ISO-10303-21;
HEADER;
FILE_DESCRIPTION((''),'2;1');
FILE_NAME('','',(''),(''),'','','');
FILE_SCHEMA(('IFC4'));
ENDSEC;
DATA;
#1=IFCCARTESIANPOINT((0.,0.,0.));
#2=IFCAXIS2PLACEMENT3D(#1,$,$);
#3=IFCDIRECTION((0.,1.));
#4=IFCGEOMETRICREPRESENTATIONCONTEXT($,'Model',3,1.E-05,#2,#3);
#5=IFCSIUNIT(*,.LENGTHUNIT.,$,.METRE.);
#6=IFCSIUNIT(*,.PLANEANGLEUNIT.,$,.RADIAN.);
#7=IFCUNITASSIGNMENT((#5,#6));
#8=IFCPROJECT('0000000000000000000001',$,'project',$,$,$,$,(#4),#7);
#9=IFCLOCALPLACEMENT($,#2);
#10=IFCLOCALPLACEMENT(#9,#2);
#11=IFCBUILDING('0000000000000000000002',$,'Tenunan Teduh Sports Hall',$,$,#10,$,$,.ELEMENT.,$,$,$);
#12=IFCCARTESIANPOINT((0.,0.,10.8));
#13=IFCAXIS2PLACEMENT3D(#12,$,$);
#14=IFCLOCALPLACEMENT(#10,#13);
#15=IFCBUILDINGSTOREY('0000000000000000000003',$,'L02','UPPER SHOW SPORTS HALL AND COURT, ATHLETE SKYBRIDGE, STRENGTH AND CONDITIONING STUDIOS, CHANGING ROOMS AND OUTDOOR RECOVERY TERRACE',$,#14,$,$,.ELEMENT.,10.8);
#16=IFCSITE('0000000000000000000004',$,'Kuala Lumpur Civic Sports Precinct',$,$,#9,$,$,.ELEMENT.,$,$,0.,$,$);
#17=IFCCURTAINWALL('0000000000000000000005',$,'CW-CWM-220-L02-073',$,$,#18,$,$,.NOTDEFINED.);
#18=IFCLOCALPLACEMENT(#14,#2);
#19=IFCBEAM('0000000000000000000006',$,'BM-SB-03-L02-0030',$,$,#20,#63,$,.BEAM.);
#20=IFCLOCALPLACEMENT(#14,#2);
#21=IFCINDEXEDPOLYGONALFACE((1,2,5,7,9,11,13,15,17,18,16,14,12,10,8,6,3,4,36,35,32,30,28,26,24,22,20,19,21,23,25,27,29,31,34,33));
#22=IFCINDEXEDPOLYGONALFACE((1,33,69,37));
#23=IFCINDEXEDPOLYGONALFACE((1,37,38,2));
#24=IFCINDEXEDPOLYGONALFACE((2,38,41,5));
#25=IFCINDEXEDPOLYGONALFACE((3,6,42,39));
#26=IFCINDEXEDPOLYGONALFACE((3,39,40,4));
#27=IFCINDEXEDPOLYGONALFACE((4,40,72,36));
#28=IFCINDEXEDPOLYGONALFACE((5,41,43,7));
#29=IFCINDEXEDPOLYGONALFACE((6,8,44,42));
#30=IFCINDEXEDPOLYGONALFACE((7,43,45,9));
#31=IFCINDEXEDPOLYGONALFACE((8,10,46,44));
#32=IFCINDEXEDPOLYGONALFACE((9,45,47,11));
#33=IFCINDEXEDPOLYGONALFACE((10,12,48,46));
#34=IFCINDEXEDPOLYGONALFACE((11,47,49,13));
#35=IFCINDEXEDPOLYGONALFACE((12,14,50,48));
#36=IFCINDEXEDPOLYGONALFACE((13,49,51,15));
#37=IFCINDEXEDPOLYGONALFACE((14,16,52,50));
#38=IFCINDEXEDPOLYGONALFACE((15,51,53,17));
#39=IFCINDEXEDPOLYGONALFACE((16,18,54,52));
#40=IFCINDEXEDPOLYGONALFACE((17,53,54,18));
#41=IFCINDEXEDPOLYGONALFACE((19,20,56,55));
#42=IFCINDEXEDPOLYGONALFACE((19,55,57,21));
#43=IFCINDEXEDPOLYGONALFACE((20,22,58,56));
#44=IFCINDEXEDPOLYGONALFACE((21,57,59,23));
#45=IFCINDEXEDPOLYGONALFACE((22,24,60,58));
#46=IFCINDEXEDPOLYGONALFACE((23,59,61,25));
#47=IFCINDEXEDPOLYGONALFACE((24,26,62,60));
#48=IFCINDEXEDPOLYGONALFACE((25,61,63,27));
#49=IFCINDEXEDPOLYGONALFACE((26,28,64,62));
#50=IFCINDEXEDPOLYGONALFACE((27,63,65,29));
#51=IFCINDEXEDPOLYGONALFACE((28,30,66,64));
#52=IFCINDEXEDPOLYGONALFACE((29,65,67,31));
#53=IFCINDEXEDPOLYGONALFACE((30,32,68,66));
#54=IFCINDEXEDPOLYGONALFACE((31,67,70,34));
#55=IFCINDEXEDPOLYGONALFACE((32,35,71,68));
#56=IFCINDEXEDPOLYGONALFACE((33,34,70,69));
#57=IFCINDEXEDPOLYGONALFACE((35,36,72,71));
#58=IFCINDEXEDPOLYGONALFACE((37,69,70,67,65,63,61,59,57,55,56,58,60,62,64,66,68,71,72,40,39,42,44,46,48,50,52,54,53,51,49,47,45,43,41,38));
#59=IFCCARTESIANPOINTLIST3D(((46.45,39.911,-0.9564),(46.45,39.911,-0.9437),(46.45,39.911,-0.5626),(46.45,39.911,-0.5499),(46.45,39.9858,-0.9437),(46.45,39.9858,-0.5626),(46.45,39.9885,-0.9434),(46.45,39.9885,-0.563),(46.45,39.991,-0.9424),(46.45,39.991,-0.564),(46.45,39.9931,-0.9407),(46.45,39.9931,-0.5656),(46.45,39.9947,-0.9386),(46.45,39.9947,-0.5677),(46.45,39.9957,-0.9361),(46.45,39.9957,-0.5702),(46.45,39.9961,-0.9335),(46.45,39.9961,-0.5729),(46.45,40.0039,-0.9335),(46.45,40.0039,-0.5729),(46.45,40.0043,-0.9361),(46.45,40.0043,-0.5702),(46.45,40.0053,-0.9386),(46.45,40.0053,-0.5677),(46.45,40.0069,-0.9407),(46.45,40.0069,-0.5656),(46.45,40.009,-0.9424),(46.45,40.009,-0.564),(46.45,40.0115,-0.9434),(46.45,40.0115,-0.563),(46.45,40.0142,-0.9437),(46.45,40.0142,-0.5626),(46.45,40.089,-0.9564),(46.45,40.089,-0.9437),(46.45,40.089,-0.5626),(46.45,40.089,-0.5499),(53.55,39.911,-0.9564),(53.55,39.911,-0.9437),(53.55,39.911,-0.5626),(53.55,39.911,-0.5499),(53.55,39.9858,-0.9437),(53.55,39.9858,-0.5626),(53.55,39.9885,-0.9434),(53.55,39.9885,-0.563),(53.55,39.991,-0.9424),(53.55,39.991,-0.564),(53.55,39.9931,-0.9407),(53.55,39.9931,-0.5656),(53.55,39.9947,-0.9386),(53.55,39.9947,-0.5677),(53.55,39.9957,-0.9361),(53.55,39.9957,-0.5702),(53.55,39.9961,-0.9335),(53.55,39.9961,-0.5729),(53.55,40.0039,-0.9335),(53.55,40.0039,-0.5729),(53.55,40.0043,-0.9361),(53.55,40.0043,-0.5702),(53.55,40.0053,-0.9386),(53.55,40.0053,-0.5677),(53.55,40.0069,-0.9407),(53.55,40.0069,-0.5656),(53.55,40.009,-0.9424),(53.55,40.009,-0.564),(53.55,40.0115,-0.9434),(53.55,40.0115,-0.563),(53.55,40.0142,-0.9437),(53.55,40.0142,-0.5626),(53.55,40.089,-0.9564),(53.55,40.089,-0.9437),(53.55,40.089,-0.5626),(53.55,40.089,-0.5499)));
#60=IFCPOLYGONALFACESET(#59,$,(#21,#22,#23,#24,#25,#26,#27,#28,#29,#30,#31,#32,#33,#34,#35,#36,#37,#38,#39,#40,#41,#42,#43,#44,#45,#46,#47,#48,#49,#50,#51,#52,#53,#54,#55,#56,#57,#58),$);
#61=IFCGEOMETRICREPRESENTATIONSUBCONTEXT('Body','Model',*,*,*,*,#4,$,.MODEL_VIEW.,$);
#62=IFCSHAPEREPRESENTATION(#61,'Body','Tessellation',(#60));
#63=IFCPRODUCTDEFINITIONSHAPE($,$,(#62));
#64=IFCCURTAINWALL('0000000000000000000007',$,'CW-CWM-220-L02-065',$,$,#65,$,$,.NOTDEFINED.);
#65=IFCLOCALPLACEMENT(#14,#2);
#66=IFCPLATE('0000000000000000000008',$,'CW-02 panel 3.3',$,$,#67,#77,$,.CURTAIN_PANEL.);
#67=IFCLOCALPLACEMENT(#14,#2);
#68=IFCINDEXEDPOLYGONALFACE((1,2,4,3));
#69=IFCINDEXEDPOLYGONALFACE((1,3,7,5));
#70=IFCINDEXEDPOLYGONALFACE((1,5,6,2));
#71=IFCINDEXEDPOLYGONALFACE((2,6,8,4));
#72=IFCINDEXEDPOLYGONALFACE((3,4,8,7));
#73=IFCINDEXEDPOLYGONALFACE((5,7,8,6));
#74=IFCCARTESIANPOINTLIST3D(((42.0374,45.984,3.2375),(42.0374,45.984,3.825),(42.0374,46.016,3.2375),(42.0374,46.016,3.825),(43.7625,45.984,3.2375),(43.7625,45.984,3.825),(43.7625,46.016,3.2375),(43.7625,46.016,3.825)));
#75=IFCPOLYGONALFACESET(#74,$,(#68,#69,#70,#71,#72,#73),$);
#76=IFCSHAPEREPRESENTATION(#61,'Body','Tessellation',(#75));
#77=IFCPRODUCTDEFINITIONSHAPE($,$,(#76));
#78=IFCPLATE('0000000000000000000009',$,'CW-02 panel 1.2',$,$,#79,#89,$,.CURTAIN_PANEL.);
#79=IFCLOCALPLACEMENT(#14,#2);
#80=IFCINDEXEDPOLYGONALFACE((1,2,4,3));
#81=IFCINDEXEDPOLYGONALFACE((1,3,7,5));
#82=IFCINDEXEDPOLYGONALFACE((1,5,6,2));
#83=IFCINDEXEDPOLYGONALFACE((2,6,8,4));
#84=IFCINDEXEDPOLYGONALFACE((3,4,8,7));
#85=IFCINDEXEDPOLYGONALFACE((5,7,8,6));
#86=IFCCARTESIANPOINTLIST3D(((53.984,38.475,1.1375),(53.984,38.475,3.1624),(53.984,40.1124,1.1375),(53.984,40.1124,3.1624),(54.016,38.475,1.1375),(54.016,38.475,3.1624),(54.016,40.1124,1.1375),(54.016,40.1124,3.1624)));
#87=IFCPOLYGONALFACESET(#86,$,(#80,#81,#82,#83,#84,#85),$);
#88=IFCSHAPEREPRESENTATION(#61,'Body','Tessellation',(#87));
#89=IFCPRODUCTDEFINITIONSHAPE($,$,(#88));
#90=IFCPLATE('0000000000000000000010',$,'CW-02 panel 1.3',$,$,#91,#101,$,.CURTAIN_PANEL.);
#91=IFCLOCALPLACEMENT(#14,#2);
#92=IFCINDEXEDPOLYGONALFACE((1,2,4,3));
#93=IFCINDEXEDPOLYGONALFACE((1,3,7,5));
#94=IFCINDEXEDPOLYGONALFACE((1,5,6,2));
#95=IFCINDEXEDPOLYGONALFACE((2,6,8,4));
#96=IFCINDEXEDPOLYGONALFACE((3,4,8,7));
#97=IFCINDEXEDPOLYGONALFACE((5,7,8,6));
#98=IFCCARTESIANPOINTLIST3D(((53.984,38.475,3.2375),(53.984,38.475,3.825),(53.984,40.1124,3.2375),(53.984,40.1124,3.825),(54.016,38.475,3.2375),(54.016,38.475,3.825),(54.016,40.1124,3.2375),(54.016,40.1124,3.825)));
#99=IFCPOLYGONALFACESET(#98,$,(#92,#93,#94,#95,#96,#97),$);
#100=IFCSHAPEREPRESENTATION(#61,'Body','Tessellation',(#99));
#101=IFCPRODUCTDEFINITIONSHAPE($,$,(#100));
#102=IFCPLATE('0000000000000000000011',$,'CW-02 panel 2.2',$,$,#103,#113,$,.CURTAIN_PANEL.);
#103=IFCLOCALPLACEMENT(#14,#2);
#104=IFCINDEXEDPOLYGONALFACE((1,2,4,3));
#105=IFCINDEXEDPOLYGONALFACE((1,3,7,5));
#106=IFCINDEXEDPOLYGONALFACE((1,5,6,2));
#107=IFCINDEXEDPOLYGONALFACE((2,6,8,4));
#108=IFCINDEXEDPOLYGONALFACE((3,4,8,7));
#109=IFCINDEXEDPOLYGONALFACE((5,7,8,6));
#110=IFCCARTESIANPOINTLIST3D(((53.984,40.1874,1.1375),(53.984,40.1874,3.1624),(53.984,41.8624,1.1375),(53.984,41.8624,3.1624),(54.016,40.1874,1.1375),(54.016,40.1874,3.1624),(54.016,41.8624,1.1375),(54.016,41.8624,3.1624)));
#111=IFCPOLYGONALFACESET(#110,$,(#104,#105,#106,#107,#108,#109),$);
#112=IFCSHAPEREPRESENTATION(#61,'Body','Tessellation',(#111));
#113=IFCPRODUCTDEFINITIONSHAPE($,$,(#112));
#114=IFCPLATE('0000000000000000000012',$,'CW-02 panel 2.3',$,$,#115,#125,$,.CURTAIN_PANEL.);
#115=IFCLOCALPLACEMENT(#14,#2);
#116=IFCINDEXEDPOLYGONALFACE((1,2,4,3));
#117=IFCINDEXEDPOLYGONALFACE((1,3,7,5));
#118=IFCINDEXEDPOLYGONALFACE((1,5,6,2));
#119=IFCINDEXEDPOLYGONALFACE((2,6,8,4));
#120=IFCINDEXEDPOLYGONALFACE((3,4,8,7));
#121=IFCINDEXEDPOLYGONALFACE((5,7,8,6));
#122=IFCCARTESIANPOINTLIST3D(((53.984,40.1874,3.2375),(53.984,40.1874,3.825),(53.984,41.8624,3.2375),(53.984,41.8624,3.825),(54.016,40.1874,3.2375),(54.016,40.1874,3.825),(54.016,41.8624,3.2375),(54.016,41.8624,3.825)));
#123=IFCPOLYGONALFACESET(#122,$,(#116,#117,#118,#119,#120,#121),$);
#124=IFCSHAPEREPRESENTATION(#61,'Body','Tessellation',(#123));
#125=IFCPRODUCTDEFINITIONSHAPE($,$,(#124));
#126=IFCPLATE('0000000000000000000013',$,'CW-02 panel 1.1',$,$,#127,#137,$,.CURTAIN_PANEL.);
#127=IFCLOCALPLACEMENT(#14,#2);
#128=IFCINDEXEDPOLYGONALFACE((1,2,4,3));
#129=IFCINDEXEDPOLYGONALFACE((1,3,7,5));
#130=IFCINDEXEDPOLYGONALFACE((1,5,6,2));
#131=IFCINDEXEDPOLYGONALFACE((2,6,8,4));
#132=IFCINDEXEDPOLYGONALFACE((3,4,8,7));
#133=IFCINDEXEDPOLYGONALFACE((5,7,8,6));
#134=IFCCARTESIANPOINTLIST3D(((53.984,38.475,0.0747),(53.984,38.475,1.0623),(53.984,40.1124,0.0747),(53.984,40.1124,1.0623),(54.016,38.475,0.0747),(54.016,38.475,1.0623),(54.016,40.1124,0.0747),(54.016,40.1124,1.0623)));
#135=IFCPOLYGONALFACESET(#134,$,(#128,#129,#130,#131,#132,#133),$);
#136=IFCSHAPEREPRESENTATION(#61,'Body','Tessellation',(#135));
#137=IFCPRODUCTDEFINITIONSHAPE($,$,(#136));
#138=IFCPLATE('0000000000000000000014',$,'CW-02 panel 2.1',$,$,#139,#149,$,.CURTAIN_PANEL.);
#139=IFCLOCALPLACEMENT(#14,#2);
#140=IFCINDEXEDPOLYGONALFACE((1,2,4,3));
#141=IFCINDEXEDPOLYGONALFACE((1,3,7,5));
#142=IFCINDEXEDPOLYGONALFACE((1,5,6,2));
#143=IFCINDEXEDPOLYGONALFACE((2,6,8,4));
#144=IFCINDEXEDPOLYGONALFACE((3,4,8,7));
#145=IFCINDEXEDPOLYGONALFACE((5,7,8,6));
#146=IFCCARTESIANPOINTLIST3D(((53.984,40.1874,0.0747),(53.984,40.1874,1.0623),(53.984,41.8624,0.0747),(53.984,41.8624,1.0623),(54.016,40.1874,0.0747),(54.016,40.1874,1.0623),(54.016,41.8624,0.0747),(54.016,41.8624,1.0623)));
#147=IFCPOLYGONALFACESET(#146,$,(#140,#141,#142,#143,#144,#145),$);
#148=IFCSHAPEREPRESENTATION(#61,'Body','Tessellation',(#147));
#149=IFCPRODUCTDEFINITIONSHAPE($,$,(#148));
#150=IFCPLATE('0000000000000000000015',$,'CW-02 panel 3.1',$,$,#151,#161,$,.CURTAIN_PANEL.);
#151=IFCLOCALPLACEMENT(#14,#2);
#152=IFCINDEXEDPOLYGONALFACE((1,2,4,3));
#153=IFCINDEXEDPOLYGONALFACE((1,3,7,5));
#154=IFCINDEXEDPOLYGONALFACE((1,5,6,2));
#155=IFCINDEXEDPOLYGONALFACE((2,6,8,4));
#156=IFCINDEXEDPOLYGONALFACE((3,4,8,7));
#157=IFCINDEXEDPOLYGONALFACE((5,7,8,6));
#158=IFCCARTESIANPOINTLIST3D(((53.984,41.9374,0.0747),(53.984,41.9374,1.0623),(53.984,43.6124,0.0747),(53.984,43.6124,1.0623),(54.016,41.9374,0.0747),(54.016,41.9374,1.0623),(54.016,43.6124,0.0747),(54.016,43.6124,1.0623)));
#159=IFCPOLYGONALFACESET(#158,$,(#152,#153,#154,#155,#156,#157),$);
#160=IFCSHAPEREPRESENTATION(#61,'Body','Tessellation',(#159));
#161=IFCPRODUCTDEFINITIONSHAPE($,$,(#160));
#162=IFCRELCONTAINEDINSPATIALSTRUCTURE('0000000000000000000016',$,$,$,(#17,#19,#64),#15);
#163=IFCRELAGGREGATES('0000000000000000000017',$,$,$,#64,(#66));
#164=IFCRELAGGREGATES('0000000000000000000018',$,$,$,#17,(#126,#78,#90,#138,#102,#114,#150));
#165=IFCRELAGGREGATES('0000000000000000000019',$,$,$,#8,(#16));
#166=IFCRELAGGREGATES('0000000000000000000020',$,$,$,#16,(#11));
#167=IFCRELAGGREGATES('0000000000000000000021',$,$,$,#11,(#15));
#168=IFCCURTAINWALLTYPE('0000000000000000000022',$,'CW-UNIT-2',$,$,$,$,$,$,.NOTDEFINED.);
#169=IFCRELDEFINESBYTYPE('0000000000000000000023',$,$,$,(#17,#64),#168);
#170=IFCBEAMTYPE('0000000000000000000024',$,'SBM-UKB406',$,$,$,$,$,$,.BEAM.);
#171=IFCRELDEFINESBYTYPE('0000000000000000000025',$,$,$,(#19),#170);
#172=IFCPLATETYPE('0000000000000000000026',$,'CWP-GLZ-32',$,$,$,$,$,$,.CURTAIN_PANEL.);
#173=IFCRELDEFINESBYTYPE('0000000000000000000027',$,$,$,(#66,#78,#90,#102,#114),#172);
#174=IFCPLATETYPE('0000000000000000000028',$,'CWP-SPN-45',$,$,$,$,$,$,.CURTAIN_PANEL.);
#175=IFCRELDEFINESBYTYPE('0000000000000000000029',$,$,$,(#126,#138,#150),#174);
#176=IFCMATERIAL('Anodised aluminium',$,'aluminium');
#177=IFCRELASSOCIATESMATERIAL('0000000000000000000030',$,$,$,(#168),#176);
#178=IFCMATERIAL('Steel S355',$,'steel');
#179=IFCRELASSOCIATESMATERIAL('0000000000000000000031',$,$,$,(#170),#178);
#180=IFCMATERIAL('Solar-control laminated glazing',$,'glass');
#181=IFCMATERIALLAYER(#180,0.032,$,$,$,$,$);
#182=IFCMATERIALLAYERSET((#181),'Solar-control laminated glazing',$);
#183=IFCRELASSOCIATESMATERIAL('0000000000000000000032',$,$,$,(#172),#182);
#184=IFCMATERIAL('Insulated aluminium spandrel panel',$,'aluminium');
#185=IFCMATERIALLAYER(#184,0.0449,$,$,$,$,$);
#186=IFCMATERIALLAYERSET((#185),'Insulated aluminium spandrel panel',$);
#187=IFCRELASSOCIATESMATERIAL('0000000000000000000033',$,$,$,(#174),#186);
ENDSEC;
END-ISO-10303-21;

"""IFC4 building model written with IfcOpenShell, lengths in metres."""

from ifc_helpers import new_model, si_unit, direction, frame, origin, origin_2d, place, context, subcontext, project, spatial, rectangle, i_section, extrude, material, layer, layer_set, material_profile, profile_set, type_object, element, aggregate, save


model = new_model("IFC4")

# Units and contexts
model_context = context("Model", 3, precision=1e-05, world=origin(), true_north=direction((0.0, 1.0)))
body_context = subcontext(model_context, "Body", "Model", "MODEL_VIEW")
ifc_project = project(units=[si_unit("LENGTHUNIT", "METRE"), si_unit("PLANEANGLEUNIT", "RADIAN")], contexts=[model_context])

# Site, building, storey
site_placement = place(None, origin())
site = spatial("IfcSite", under=ifc_project, at=site_placement, Name="Kuala Lumpur Civic Sports Precinct", CompositionType="ELEMENT", RefElevation=0.0)
building_placement = place(site_placement, origin())
building = spatial("IfcBuilding", under=site, at=building_placement, Name="Tenunan Teduh Sports Hall", CompositionType="ELEMENT")
storey_placement = place(building_placement, frame((0.0, 0.0, 10.8)))
storey = spatial("IfcBuildingStorey", under=building, at=storey_placement, Name="L02", Description="UPPER SHOW SPORTS HALL AND COURT, ATHLETE SKYBRIDGE, STRENGTH AND CONDITIONING STUDIOS, CHANGING ROOMS AND OUTDOOR RECOVERY TERRACE", CompositionType="ELEMENT", Elevation=10.8)

# Curtain wall
ifc_material_1 = material(Name="Anodised aluminium", Category="aluminium")
curtain_wall_type = type_object("IfcCurtainWallType", Name="CW-UNIT-2", PredefinedType="NOTDEFINED", material=ifc_material_1)
curtain_wall_1_placement = place(storey_placement, origin())
curtain_wall_1 = element("IfcCurtainWall", 1, at=curtain_wall_1_placement, inside=storey, type_object=curtain_wall_type, Name="CW-CWM-220-L02-073", PredefinedType="NOTDEFINED")

# Beam
ifc_material_2 = material(Name="Steel S355", Category="steel")
ifc_material_profile_1 = material_profile(ifc_material_2, i_section(OverallWidth=0.178, OverallDepth=0.4065, WebThickness=0.0078, FlangeThickness=0.0127, FilletRadius=0.0103, at=origin_2d()), Name="UKB 406x178x60")
ifc_profile_set_1 = profile_set([ifc_material_profile_1], Name="Steel S355")
beam_type = type_object("IfcBeamType", Name="SBM-UKB406", PredefinedType="BEAM", material=ifc_profile_set_1)
beam_placement = place(storey_placement, frame((46.45, 40.0, -0.7532), z_axis=(1.0, 0.0, 0.0), x_axis=(0.0, 1.0, 0.0)))
element("IfcBeam", 2, at=beam_placement, inside=storey, type_object=beam_type, Name="BM-SB-03-L02-0030", PredefinedType="BEAM", context=body_context, shape_type="SweptSolid", body=[
    extrude(i_section(OverallWidth=0.178, OverallDepth=0.4065, WebThickness=0.0078, FlangeThickness=0.0127, FilletRadius=0.0103, at=origin_2d()), origin(), (0.0, 0.0, 1.0), 7.1001),
])

# Curtain wall, plate
curtain_wall_2_placement = place(storey_placement, origin())
curtain_wall_2 = element("IfcCurtainWall", 3, at=curtain_wall_2_placement, inside=storey, type_object=curtain_wall_type, Name="CW-CWM-220-L02-065", PredefinedType="NOTDEFINED")
ifc_material_3 = material(Name="Solar-control laminated glazing", Category="glass")
ifc_layer_1 = layer(ifc_material_3, 0.032)
ifc_layer_set_1 = layer_set([ifc_layer_1], Name="Solar-control laminated glazing")
plate_type_1 = type_object("IfcPlateType", Name="CWP-GLZ-32", PredefinedType="CURTAIN_PANEL", material=ifc_layer_set_1)
plate_1_placement = place(storey_placement, frame((42.8999, 46.0, 3.2375), z_axis=(0.0, 0.0, 1.0), x_axis=(1.0, 0.0, 0.0)))
plate_1 = element("IfcPlate", 4, at=plate_1_placement, type_object=plate_type_1, Name="CW-02 panel 3.3", PredefinedType="CURTAIN_PANEL", context=body_context, shape_type="SweptSolid", body=[
    extrude(rectangle(XDim=1.7251, YDim=0.032, at=origin_2d()), origin(), (0.0, 0.0, 1.0), 0.5874),
])
aggregate(curtain_wall_2, [plate_1])

# Plates
plate_2_placement = place(storey_placement, frame((54.0, 39.2937, 1.1375), z_axis=(0.0, 0.0, 1.0), x_axis=(0.0, 1.0, 0.0)))
plate_2 = element("IfcPlate", 5, at=plate_2_placement, type_object=plate_type_1, Name="CW-02 panel 1.2", PredefinedType="CURTAIN_PANEL", context=body_context, shape_type="SweptSolid", body=[
    extrude(rectangle(XDim=1.6375, YDim=0.032, at=origin_2d()), origin(), (0.0, 0.0, 1.0), 2.0249),
])
plate_3_placement = place(storey_placement, frame((54.0, 39.2937, 3.2375), z_axis=(0.0, 0.0, 1.0), x_axis=(0.0, 1.0, 0.0)))
plate_3 = element("IfcPlate", 6, at=plate_3_placement, type_object=plate_type_1, Name="CW-02 panel 1.3", PredefinedType="CURTAIN_PANEL", context=body_context, shape_type="SweptSolid", body=[
    extrude(rectangle(XDim=1.6375, YDim=0.032, at=origin_2d()), origin(), (0.0, 0.0, 1.0), 0.5874),
])
plate_4_placement = place(storey_placement, frame((54.0, 41.0249, 1.1375), z_axis=(0.0, 0.0, 1.0), x_axis=(0.0, 1.0, 0.0)))
plate_4 = element("IfcPlate", 7, at=plate_4_placement, type_object=plate_type_1, Name="CW-02 panel 2.2", PredefinedType="CURTAIN_PANEL", context=body_context, shape_type="SweptSolid", body=[
    extrude(rectangle(XDim=1.675, YDim=0.032, at=origin_2d()), origin(), (0.0, 0.0, 1.0), 2.0249),
])
plate_5_placement = place(storey_placement, frame((54.0, 41.0249, 3.2375), z_axis=(0.0, 0.0, 1.0), x_axis=(0.0, 1.0, 0.0)))
plate_5 = element("IfcPlate", 8, at=plate_5_placement, type_object=plate_type_1, Name="CW-02 panel 2.3", PredefinedType="CURTAIN_PANEL", context=body_context, shape_type="SweptSolid", body=[
    extrude(rectangle(XDim=1.675, YDim=0.032, at=origin_2d()), origin(), (0.0, 0.0, 1.0), 0.5874),
])
ifc_material_4 = material(Name="Insulated aluminium spandrel panel", Category="aluminium")
ifc_layer_2 = layer(ifc_material_4, 0.0449)
ifc_layer_set_2 = layer_set([ifc_layer_2], Name="Insulated aluminium spandrel panel")
plate_type_2 = type_object("IfcPlateType", Name="CWP-SPN-45", PredefinedType="CURTAIN_PANEL", material=ifc_layer_set_2)
plate_6_placement = place(storey_placement, frame((54.0, 39.2937, 0.0747), z_axis=(0.0, 0.0, 1.0), x_axis=(0.0, 1.0, 0.0)))
plate_6 = element("IfcPlate", 9, at=plate_6_placement, type_object=plate_type_2, Name="CW-02 panel 1.1", PredefinedType="CURTAIN_PANEL", context=body_context, shape_type="SweptSolid", body=[
    extrude(rectangle(XDim=1.6375, YDim=0.032, at=origin_2d()), origin(), (0.0, 0.0, 1.0), 0.9875),
])
plate_7_placement = place(storey_placement, frame((54.0, 41.0249, 0.0747), z_axis=(0.0, 0.0, 1.0), x_axis=(0.0, 1.0, 0.0)))
plate_7 = element("IfcPlate", 10, at=plate_7_placement, type_object=plate_type_2, Name="CW-02 panel 2.1", PredefinedType="CURTAIN_PANEL", context=body_context, shape_type="SweptSolid", body=[
    extrude(rectangle(XDim=1.675, YDim=0.032, at=origin_2d()), origin(), (0.0, 0.0, 1.0), 0.9875),
])
plate_8_placement = place(storey_placement, frame((54.0, 42.7749, 0.0747), z_axis=(0.0, 0.0, 1.0), x_axis=(0.0, 1.0, 0.0)))
plate_8 = element("IfcPlate", 11, at=plate_8_placement, type_object=plate_type_2, Name="CW-02 panel 3.1", PredefinedType="CURTAIN_PANEL", context=body_context, shape_type="SweptSolid", body=[
    extrude(rectangle(XDim=1.675, YDim=0.032, at=origin_2d()), origin(), (0.0, 0.0, 1.0), 0.9875),
])
aggregate(curtain_wall_1, [plate_6, plate_2, plate_3, plate_7, plate_4, plate_5, plate_8])

save(model, "model.ifc")
